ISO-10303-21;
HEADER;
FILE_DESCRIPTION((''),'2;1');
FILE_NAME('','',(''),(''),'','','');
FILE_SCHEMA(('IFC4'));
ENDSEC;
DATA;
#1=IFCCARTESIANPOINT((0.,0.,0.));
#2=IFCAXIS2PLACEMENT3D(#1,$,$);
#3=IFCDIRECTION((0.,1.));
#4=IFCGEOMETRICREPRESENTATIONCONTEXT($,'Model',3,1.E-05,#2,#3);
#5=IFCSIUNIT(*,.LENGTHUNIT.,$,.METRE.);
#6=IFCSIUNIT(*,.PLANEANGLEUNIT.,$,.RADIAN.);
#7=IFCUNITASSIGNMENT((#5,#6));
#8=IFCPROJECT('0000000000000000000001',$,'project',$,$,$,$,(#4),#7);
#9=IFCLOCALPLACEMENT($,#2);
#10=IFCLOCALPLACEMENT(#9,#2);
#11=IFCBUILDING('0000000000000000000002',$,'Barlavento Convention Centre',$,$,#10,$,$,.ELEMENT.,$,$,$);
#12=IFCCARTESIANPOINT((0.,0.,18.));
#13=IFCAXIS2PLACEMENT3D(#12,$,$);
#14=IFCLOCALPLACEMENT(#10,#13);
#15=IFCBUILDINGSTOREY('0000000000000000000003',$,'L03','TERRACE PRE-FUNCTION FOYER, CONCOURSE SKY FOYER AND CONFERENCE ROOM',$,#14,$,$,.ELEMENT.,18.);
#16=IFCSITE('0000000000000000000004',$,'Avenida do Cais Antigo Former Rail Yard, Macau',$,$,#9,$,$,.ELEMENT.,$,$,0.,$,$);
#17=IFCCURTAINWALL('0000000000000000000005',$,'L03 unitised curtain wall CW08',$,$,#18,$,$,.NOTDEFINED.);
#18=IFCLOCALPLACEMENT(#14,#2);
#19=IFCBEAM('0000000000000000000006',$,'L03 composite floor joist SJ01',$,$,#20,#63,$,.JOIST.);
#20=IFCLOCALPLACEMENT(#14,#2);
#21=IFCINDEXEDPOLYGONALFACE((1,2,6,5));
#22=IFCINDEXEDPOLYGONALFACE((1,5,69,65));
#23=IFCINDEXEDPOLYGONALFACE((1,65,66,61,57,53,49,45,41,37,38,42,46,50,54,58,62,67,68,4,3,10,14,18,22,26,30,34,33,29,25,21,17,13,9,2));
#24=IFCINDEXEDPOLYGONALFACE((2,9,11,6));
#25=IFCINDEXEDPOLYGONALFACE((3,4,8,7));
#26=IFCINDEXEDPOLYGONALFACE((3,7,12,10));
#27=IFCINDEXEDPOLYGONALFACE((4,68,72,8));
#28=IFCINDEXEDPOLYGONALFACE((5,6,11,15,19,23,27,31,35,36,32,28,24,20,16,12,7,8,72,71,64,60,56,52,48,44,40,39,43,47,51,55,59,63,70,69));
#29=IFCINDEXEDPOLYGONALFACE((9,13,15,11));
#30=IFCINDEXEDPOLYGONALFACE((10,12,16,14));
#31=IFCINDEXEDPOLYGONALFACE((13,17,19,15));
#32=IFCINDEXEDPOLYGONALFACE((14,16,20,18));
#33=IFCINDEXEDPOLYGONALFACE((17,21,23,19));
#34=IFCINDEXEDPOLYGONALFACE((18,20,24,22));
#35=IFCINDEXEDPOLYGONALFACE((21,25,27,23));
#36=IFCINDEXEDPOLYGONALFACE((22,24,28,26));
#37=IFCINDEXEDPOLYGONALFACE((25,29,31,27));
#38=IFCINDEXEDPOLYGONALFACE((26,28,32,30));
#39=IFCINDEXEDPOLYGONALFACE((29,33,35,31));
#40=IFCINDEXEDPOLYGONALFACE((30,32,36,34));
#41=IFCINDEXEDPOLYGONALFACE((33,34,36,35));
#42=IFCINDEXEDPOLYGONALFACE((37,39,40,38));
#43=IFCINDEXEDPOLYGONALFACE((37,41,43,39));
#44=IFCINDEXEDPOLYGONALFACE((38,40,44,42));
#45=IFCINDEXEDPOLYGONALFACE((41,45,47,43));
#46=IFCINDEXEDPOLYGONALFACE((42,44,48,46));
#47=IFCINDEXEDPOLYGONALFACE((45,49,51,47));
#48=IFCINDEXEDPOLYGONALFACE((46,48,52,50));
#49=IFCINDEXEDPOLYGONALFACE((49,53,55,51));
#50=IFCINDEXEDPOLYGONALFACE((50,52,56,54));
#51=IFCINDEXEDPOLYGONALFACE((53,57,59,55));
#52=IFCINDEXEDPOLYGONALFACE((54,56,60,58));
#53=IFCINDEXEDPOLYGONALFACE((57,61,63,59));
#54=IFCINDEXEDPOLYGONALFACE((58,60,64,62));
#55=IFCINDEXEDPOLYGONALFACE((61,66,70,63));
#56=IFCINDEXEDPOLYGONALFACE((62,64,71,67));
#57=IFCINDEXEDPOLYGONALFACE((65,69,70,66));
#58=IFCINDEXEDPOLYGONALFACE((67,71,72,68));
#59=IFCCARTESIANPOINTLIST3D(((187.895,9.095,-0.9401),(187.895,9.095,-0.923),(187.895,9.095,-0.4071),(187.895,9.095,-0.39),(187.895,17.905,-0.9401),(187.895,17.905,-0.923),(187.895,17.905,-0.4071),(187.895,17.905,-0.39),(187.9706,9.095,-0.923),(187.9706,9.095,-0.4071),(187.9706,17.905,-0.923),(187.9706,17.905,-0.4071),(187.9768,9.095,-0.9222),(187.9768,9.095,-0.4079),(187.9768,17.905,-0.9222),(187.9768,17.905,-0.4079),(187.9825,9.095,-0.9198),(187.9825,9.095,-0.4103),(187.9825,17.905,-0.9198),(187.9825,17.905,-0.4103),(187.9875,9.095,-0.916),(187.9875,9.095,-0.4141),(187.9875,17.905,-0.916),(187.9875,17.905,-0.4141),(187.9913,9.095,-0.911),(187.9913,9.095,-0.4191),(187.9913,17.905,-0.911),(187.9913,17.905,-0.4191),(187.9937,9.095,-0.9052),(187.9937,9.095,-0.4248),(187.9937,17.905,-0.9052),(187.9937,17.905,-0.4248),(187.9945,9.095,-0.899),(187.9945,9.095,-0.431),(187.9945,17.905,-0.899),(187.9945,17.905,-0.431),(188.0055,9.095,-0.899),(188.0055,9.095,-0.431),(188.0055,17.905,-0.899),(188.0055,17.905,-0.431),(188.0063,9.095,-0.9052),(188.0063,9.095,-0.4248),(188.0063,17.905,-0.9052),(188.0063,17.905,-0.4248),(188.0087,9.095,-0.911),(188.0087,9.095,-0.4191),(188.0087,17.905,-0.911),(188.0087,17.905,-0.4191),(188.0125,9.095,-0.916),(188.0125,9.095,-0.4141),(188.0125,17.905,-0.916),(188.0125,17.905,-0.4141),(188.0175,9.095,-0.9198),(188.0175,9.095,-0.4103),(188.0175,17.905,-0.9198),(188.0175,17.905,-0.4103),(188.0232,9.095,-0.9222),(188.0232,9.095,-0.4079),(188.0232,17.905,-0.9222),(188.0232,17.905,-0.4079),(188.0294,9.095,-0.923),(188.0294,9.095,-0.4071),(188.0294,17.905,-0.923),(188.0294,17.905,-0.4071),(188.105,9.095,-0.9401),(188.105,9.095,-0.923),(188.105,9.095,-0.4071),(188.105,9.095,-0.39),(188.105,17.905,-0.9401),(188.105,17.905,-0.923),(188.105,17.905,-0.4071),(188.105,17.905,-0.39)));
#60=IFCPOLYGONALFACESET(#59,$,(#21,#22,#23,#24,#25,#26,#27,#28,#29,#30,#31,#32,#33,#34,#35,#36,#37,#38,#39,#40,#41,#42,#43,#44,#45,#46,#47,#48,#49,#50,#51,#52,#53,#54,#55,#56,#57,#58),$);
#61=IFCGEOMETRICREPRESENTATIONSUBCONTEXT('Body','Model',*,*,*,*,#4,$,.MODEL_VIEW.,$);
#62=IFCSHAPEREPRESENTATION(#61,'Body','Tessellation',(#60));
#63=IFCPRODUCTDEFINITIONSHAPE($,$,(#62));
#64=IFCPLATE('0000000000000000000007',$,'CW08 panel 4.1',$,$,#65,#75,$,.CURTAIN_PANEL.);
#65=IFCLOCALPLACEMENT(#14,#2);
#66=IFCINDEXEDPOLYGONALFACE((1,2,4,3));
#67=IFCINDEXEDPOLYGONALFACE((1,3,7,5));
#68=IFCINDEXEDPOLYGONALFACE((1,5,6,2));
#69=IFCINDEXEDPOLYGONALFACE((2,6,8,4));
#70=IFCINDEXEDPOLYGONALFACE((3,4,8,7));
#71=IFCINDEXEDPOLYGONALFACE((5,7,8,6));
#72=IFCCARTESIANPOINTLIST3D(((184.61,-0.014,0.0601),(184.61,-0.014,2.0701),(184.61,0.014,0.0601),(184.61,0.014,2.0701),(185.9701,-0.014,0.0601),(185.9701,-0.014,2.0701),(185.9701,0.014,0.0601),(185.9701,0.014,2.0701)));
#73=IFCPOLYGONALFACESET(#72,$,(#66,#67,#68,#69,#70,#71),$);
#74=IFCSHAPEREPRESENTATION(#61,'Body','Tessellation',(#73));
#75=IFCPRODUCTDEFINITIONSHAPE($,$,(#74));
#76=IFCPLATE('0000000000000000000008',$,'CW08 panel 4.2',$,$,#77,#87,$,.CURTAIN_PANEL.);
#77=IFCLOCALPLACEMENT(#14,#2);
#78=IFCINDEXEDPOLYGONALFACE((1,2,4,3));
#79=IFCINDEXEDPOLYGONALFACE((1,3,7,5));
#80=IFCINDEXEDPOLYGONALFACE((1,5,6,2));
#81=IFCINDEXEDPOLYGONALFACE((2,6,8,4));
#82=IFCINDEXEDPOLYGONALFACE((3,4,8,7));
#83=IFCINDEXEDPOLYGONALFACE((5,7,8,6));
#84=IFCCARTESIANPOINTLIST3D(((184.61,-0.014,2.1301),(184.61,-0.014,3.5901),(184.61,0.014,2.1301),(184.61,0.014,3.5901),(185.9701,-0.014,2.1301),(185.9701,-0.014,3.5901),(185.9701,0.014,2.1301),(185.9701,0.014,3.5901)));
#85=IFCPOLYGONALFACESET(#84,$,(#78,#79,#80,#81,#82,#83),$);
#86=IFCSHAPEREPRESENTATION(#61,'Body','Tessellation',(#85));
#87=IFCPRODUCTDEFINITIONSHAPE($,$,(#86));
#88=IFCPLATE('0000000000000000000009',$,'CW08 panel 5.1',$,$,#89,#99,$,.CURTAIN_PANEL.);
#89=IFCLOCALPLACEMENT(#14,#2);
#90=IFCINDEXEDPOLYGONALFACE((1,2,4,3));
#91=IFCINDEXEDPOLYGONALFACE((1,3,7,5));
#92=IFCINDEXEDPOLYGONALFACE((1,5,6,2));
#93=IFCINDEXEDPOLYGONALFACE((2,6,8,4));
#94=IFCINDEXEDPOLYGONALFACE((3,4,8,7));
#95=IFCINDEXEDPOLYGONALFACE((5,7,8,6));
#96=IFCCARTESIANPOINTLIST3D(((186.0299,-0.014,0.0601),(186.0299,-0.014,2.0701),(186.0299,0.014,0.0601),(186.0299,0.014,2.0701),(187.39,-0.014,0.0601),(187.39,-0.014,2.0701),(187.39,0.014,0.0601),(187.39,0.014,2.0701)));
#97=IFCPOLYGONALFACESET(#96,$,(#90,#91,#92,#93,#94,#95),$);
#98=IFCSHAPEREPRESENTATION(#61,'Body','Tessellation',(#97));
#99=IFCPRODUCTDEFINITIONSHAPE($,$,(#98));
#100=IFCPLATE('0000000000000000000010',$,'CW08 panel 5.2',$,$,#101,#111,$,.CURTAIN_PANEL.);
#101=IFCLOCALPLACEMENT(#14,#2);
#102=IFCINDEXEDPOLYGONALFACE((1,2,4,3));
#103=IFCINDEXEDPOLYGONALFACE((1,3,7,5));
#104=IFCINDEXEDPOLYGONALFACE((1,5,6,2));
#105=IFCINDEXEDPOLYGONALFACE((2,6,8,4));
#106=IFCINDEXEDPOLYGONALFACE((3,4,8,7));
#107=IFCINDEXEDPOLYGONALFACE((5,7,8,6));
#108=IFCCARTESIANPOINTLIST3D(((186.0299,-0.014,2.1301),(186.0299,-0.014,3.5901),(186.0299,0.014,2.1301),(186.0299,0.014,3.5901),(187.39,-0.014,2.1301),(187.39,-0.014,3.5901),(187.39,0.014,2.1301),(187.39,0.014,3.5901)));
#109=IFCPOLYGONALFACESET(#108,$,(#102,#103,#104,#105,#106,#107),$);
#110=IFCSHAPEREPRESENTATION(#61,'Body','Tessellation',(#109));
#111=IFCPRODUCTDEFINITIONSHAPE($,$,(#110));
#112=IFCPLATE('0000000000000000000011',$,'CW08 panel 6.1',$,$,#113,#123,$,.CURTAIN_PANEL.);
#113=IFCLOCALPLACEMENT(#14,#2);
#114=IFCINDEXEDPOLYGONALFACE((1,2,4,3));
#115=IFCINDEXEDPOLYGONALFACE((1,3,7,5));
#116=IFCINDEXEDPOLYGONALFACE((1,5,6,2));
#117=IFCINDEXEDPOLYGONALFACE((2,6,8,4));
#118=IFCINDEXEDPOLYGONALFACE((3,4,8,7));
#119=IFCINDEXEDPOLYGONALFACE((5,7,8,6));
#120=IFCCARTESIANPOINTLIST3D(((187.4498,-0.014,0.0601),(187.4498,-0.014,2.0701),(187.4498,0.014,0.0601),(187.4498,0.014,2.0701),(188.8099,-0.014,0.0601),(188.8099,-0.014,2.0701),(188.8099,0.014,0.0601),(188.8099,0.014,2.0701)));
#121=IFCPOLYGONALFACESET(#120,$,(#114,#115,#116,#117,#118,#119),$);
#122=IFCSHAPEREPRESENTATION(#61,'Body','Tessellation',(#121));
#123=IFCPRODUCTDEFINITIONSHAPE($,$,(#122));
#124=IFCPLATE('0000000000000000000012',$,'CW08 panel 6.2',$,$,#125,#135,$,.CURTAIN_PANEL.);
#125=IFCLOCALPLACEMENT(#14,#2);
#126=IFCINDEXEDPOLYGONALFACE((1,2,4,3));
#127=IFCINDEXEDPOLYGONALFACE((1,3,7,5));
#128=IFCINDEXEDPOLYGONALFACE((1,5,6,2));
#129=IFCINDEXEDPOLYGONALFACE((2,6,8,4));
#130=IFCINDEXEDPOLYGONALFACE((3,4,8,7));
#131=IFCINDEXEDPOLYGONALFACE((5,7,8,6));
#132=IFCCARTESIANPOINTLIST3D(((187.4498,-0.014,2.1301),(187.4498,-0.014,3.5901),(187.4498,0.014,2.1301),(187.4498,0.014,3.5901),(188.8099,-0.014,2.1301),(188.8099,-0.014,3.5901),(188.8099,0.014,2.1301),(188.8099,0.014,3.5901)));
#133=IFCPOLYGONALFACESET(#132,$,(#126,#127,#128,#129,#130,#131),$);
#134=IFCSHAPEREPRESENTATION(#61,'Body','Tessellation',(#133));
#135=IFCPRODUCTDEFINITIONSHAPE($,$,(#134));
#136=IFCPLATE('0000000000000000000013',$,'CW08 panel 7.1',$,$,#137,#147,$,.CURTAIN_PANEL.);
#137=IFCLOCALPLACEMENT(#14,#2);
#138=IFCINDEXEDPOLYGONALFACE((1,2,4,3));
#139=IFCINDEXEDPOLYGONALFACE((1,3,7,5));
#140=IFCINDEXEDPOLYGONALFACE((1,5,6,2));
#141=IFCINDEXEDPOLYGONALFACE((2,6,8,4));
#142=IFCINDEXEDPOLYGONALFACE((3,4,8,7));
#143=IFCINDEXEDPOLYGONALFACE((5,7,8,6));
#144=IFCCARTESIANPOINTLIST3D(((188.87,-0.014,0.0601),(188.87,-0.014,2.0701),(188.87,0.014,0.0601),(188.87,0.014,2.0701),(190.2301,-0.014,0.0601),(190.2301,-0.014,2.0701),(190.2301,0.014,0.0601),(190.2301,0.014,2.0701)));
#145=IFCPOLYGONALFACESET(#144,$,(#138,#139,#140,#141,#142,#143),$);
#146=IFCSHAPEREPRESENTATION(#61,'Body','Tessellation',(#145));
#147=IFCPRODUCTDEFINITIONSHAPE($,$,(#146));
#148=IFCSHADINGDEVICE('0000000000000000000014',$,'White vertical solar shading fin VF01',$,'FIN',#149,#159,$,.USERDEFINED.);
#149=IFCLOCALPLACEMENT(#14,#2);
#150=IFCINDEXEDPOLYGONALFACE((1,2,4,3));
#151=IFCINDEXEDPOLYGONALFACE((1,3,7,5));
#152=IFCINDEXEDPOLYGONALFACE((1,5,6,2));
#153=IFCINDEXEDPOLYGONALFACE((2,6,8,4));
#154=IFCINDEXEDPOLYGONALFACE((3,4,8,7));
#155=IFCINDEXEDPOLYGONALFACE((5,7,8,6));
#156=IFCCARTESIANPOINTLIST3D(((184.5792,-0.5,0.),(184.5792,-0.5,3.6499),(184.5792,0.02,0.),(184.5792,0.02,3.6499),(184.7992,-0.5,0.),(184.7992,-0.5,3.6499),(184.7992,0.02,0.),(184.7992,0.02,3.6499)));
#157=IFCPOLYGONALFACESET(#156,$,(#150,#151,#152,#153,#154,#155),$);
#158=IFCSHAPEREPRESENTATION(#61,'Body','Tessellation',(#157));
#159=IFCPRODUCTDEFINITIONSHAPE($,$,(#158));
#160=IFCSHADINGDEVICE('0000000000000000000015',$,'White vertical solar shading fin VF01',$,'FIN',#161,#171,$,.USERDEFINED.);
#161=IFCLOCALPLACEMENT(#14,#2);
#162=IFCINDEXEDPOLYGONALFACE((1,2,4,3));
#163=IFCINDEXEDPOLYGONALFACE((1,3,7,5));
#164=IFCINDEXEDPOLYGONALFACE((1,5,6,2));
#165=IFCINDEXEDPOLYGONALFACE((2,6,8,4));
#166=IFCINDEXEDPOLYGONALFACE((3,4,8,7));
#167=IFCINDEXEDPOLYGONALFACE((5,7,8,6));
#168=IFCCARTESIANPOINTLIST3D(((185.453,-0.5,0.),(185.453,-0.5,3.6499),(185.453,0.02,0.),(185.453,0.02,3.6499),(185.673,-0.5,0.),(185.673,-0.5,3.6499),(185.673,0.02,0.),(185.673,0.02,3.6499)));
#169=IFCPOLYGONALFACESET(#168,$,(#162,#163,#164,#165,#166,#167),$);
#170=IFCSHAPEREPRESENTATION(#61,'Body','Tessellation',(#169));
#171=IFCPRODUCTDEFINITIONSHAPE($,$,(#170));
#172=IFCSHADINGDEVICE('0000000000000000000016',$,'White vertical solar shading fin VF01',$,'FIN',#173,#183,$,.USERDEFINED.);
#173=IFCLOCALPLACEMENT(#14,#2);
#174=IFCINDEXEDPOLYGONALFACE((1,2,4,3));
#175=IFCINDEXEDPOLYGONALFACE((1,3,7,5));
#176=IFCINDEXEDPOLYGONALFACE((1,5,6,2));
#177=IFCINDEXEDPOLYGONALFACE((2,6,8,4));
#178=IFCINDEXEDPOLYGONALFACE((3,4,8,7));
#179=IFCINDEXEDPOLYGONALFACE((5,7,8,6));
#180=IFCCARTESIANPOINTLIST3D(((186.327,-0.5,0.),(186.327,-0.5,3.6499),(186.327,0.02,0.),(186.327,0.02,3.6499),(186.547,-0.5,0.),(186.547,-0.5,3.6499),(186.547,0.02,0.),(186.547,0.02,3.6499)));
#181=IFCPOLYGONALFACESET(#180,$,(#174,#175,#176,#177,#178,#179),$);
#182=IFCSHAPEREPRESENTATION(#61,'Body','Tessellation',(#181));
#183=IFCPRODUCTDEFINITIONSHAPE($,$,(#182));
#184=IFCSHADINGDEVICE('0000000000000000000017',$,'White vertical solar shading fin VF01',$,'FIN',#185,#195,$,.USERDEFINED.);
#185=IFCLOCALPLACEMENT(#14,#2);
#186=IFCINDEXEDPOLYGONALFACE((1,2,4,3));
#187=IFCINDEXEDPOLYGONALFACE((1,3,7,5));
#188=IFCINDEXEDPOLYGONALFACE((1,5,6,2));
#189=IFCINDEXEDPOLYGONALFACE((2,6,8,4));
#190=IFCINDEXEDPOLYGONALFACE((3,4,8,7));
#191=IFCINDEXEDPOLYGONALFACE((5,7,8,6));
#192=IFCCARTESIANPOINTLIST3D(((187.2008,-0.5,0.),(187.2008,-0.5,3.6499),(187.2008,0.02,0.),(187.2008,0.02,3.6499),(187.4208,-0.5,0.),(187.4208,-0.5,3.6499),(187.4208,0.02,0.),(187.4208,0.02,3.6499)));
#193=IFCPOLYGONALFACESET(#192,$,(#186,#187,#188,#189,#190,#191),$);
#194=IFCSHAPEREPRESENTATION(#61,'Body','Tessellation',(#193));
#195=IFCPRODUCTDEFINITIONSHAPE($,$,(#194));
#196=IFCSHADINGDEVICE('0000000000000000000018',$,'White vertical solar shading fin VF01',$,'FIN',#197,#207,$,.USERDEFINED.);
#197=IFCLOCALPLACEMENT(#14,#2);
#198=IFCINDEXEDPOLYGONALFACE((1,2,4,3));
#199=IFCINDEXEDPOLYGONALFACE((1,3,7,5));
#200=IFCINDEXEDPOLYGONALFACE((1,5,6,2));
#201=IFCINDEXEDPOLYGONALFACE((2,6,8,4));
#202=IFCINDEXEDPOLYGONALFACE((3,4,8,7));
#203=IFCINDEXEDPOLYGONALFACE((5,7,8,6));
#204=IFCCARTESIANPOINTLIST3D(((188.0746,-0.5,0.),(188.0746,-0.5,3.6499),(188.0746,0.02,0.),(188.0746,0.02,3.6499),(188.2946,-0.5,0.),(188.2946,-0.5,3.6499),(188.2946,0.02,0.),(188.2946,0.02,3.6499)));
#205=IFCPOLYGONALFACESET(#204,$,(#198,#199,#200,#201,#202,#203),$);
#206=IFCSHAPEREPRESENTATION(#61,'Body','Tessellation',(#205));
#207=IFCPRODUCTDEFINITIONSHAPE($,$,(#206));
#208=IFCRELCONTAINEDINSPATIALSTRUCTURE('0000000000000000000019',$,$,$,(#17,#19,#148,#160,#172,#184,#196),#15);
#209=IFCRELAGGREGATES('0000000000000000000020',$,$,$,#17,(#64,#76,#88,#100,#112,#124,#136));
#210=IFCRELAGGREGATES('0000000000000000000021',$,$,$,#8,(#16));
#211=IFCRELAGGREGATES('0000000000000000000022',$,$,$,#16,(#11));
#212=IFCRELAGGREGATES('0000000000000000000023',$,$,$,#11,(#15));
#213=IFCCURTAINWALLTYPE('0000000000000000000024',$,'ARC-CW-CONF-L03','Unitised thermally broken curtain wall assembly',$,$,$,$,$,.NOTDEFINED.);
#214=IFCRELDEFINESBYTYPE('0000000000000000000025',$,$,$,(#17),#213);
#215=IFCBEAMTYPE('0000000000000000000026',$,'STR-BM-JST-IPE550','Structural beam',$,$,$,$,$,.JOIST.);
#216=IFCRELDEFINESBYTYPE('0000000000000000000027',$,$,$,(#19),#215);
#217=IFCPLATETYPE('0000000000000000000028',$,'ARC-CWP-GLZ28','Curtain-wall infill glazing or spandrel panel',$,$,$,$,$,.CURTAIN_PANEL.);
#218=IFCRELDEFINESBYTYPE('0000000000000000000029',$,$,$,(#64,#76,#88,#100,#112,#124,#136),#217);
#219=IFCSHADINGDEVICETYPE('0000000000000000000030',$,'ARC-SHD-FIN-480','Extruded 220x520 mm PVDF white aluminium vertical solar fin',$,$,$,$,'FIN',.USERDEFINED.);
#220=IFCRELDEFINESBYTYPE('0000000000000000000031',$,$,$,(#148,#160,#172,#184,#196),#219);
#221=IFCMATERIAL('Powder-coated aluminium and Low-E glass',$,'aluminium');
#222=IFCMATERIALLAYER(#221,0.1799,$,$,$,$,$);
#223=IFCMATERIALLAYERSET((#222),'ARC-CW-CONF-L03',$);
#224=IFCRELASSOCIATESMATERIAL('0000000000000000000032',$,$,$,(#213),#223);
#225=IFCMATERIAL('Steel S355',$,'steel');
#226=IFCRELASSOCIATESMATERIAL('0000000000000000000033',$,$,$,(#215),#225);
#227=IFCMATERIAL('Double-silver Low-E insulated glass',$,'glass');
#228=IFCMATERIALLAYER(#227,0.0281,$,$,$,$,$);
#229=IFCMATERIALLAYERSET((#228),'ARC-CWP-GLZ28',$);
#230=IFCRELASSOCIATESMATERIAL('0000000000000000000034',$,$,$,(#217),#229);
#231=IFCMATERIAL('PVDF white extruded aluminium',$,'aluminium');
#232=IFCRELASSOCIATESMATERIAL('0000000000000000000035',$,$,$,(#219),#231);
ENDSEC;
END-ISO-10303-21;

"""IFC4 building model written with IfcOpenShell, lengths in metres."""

from ifc_helpers import new_model, si_unit, direction, frame, origin, origin_2d, place, context, subcontext, project, spatial, rectangle, i_section, extrude, material, layer, layer_set, material_profile, profile_set, type_object, element, aggregate, save


model = new_model("IFC4")

# Units and contexts
model_context = context("Model", 3, precision=1e-05, world=origin(), true_north=direction((0.0, 1.0)))
body_context = subcontext(model_context, "Body", "Model", "MODEL_VIEW")
ifc_project = project(units=[si_unit("LENGTHUNIT", "METRE"), si_unit("PLANEANGLEUNIT", "RADIAN")], contexts=[model_context])

# Site, building, storey
site_placement = place(None, origin())
site = spatial("IfcSite", under=ifc_project, at=site_placement, Name="Avenida do Cais Antigo Former Rail Yard, Macau", CompositionType="ELEMENT", RefElevation=0.0)
building_placement = place(site_placement, origin())
building = spatial("IfcBuilding", under=site, at=building_placement, Name="Barlavento Convention Centre", CompositionType="ELEMENT")
storey_placement = place(building_placement, frame((0.0, 0.0, 18.0)))
storey = spatial("IfcBuildingStorey", under=building, at=storey_placement, Name="L03", Description="TERRACE PRE-FUNCTION FOYER, CONCOURSE SKY FOYER AND CONFERENCE ROOM", CompositionType="ELEMENT", Elevation=18.0)

# Curtain wall
ifc_material_1 = material(Name="Powder-coated aluminium and Low-E glass", Category="aluminium")
ifc_layer_1 = layer(ifc_material_1, 0.1799)
ifc_layer_set_1 = layer_set([ifc_layer_1], Name="ARC-CW-CONF-L03")
curtain_wall_type = type_object("IfcCurtainWallType", Name="ARC-CW-CONF-L03", Description="Unitised thermally broken curtain wall assembly", PredefinedType="NOTDEFINED", material=ifc_layer_set_1)
curtain_wall_placement = place(storey_placement, origin())
curtain_wall = element("IfcCurtainWall", 1, at=curtain_wall_placement, inside=storey, type_object=curtain_wall_type, Name="L03 unitised curtain wall CW08", PredefinedType="NOTDEFINED")

# Beam
ifc_material_2 = material(Name="Steel S355", Category="steel")
ifc_material_profile_1 = material_profile(ifc_material_2, i_section(OverallWidth=0.21, OverallDepth=0.55, WebThickness=0.011, FlangeThickness=0.0171, FilletRadius=0.0239, at=origin_2d()), Name="IPE 550")
ifc_profile_set_1 = profile_set([ifc_material_profile_1], Name="Steel S355")
beam_type_1 = type_object("IfcBeamType", Name="STR-BM-JST-IPE550", Description="Structural beam", PredefinedType="JOIST", material=ifc_profile_set_1)
beam_1_placement = place(storey_placement, frame((188.0, 9.095, -0.665), z_axis=(0.0, 1.0, 0.0), x_axis=(-1.0, 0.0, 0.0)))
element("IfcBeam", 2, at=beam_1_placement, inside=storey, type_object=beam_type_1, Name="L03 composite floor joist SJ01", PredefinedType="JOIST", context=body_context, shape_type="SweptSolid", body=[
    extrude(i_section(OverallWidth=0.21, OverallDepth=0.55, WebThickness=0.011, FlangeThickness=0.0171, FilletRadius=0.0239, at=origin_2d()), origin(), (0.0, 0.0, 1.0), 8.8101),
])

# Plates
ifc_material_3 = material(Name="Double-silver Low-E insulated glass", Category="glass")
ifc_layer_2 = layer(ifc_material_3, 0.0281)
ifc_layer_set_2 = layer_set([ifc_layer_2], Name="ARC-CWP-GLZ28")
plate_type = type_object("IfcPlateType", Name="ARC-CWP-GLZ28", Description="Curtain-wall infill glazing or spandrel panel", PredefinedType="CURTAIN_PANEL", material=ifc_layer_set_2)
plate_1_placement = place(storey_placement, frame((185.29, 0.0, 0.0601), z_axis=(0.0, 0.0, 1.0), x_axis=(1.0, 0.0, 0.0)))
plate_1 = element("IfcPlate", 3, at=plate_1_placement, type_object=plate_type, Name="CW08 panel 4.1", PredefinedType="CURTAIN_PANEL", context=body_context, shape_type="SweptSolid", body=[
    extrude(rectangle(XDim=1.3601, YDim=0.0281, at=origin_2d()), origin(), (0.0, 0.0, 1.0), 2.01),
])
plate_2_placement = place(storey_placement, frame((185.29, 0.0, 2.1301), z_axis=(0.0, 0.0, 1.0), x_axis=(1.0, 0.0, 0.0)))
plate_2 = element("IfcPlate", 4, at=plate_2_placement, type_object=plate_type, Name="CW08 panel 4.2", PredefinedType="CURTAIN_PANEL", context=body_context, shape_type="SweptSolid", body=[
    extrude(rectangle(XDim=1.3601, YDim=0.0281, at=origin_2d()), origin(), (0.0, 0.0, 1.0), 1.46),
])
plate_3_placement = place(storey_placement, frame((186.71, 0.0, 0.0601), z_axis=(0.0, 0.0, 1.0), x_axis=(1.0, 0.0, 0.0)))
plate_3 = element("IfcPlate", 5, at=plate_3_placement, type_object=plate_type, Name="CW08 panel 5.1", PredefinedType="CURTAIN_PANEL", context=body_context, shape_type="SweptSolid", body=[
    extrude(rectangle(XDim=1.3601, YDim=0.0281, at=origin_2d()), origin(), (0.0, 0.0, 1.0), 2.01),
])
plate_4_placement = place(storey_placement, frame((186.71, 0.0, 2.1301), z_axis=(0.0, 0.0, 1.0), x_axis=(1.0, 0.0, 0.0)))
plate_4 = element("IfcPlate", 6, at=plate_4_placement, type_object=plate_type, Name="CW08 panel 5.2", PredefinedType="CURTAIN_PANEL", context=body_context, shape_type="SweptSolid", body=[
    extrude(rectangle(XDim=1.3601, YDim=0.0281, at=origin_2d()), origin(), (0.0, 0.0, 1.0), 1.46),
])
plate_5_placement = place(storey_placement, frame((188.1299, 0.0, 0.0601), z_axis=(0.0, 0.0, 1.0), x_axis=(1.0, 0.0, 0.0)))
plate_5 = element("IfcPlate", 7, at=plate_5_placement, type_object=plate_type, Name="CW08 panel 6.1", PredefinedType="CURTAIN_PANEL", context=body_context, shape_type="SweptSolid", body=[
    extrude(rectangle(XDim=1.3601, YDim=0.0281, at=origin_2d()), origin(), (0.0, 0.0, 1.0), 2.01),
])
plate_6_placement = place(storey_placement, frame((188.1299, 0.0, 2.1301), z_axis=(0.0, 0.0, 1.0), x_axis=(1.0, 0.0, 0.0)))
plate_6 = element("IfcPlate", 8, at=plate_6_placement, type_object=plate_type, Name="CW08 panel 6.2", PredefinedType="CURTAIN_PANEL", context=body_context, shape_type="SweptSolid", body=[
    extrude(rectangle(XDim=1.3601, YDim=0.0281, at=origin_2d()), origin(), (0.0, 0.0, 1.0), 1.46),
])
plate_7_placement = place(storey_placement, frame((189.55, 0.0, 0.0601), z_axis=(0.0, 0.0, 1.0), x_axis=(1.0, 0.0, 0.0)))
plate_7 = element("IfcPlate", 9, at=plate_7_placement, type_object=plate_type, Name="CW08 panel 7.1", PredefinedType="CURTAIN_PANEL", context=body_context, shape_type="SweptSolid", body=[
    extrude(rectangle(XDim=1.3601, YDim=0.0281, at=origin_2d()), origin(), (0.0, 0.0, 1.0), 2.01),
])
aggregate(curtain_wall, [plate_1, plate_2, plate_3, plate_4, plate_5, plate_6, plate_7])

# Shading devices
ifc_material_4 = material(Name="PVDF white extruded aluminium", Category="aluminium")
shading_device_type = type_object("IfcShadingDeviceType", Name="ARC-SHD-FIN-480", Description="Extruded 220x520 mm PVDF white aluminium vertical solar fin", ElementType="FIN", PredefinedType="USERDEFINED", material=ifc_material_4)
for number, where, z_axis, x_axis, name in (
    (10, (184.6892, -0.24, 0.0), (0.0, 0.0, 1.0), (1.0, 0.0, 0.0), "White vertical solar shading fin VF01"),
    (11, (185.563, -0.24, 0.0), (0.0, 0.0, 1.0), (1.0, 0.0, 0.0), "White vertical solar shading fin VF01"),
    (12, (186.437, -0.24, 0.0), (0.0, 0.0, 1.0), (1.0, 0.0, 0.0), "White vertical solar shading fin VF01"),
    (13, (187.3108, -0.24, 0.0), (0.0, 0.0, 1.0), (1.0, 0.0, 0.0), "White vertical solar shading fin VF01"),
    (14, (188.1846, -0.24, 0.0), (0.0, 0.0, 1.0), (1.0, 0.0, 0.0), "White vertical solar shading fin VF01"),
):
    element("IfcShadingDevice", number, at=place(storey_placement, frame(where, z_axis=z_axis, x_axis=x_axis)), inside=storey, type_object=shading_device_type, Name=name, ObjectType="FIN", PredefinedType="USERDEFINED", context=body_context, shape_type="SweptSolid", body=[
        extrude(rectangle(XDim=0.22, YDim=0.52, at=origin_2d()), origin(), (0.0, 0.0, 1.0), 3.6499),
    ])

save(model, "model.ifc")
